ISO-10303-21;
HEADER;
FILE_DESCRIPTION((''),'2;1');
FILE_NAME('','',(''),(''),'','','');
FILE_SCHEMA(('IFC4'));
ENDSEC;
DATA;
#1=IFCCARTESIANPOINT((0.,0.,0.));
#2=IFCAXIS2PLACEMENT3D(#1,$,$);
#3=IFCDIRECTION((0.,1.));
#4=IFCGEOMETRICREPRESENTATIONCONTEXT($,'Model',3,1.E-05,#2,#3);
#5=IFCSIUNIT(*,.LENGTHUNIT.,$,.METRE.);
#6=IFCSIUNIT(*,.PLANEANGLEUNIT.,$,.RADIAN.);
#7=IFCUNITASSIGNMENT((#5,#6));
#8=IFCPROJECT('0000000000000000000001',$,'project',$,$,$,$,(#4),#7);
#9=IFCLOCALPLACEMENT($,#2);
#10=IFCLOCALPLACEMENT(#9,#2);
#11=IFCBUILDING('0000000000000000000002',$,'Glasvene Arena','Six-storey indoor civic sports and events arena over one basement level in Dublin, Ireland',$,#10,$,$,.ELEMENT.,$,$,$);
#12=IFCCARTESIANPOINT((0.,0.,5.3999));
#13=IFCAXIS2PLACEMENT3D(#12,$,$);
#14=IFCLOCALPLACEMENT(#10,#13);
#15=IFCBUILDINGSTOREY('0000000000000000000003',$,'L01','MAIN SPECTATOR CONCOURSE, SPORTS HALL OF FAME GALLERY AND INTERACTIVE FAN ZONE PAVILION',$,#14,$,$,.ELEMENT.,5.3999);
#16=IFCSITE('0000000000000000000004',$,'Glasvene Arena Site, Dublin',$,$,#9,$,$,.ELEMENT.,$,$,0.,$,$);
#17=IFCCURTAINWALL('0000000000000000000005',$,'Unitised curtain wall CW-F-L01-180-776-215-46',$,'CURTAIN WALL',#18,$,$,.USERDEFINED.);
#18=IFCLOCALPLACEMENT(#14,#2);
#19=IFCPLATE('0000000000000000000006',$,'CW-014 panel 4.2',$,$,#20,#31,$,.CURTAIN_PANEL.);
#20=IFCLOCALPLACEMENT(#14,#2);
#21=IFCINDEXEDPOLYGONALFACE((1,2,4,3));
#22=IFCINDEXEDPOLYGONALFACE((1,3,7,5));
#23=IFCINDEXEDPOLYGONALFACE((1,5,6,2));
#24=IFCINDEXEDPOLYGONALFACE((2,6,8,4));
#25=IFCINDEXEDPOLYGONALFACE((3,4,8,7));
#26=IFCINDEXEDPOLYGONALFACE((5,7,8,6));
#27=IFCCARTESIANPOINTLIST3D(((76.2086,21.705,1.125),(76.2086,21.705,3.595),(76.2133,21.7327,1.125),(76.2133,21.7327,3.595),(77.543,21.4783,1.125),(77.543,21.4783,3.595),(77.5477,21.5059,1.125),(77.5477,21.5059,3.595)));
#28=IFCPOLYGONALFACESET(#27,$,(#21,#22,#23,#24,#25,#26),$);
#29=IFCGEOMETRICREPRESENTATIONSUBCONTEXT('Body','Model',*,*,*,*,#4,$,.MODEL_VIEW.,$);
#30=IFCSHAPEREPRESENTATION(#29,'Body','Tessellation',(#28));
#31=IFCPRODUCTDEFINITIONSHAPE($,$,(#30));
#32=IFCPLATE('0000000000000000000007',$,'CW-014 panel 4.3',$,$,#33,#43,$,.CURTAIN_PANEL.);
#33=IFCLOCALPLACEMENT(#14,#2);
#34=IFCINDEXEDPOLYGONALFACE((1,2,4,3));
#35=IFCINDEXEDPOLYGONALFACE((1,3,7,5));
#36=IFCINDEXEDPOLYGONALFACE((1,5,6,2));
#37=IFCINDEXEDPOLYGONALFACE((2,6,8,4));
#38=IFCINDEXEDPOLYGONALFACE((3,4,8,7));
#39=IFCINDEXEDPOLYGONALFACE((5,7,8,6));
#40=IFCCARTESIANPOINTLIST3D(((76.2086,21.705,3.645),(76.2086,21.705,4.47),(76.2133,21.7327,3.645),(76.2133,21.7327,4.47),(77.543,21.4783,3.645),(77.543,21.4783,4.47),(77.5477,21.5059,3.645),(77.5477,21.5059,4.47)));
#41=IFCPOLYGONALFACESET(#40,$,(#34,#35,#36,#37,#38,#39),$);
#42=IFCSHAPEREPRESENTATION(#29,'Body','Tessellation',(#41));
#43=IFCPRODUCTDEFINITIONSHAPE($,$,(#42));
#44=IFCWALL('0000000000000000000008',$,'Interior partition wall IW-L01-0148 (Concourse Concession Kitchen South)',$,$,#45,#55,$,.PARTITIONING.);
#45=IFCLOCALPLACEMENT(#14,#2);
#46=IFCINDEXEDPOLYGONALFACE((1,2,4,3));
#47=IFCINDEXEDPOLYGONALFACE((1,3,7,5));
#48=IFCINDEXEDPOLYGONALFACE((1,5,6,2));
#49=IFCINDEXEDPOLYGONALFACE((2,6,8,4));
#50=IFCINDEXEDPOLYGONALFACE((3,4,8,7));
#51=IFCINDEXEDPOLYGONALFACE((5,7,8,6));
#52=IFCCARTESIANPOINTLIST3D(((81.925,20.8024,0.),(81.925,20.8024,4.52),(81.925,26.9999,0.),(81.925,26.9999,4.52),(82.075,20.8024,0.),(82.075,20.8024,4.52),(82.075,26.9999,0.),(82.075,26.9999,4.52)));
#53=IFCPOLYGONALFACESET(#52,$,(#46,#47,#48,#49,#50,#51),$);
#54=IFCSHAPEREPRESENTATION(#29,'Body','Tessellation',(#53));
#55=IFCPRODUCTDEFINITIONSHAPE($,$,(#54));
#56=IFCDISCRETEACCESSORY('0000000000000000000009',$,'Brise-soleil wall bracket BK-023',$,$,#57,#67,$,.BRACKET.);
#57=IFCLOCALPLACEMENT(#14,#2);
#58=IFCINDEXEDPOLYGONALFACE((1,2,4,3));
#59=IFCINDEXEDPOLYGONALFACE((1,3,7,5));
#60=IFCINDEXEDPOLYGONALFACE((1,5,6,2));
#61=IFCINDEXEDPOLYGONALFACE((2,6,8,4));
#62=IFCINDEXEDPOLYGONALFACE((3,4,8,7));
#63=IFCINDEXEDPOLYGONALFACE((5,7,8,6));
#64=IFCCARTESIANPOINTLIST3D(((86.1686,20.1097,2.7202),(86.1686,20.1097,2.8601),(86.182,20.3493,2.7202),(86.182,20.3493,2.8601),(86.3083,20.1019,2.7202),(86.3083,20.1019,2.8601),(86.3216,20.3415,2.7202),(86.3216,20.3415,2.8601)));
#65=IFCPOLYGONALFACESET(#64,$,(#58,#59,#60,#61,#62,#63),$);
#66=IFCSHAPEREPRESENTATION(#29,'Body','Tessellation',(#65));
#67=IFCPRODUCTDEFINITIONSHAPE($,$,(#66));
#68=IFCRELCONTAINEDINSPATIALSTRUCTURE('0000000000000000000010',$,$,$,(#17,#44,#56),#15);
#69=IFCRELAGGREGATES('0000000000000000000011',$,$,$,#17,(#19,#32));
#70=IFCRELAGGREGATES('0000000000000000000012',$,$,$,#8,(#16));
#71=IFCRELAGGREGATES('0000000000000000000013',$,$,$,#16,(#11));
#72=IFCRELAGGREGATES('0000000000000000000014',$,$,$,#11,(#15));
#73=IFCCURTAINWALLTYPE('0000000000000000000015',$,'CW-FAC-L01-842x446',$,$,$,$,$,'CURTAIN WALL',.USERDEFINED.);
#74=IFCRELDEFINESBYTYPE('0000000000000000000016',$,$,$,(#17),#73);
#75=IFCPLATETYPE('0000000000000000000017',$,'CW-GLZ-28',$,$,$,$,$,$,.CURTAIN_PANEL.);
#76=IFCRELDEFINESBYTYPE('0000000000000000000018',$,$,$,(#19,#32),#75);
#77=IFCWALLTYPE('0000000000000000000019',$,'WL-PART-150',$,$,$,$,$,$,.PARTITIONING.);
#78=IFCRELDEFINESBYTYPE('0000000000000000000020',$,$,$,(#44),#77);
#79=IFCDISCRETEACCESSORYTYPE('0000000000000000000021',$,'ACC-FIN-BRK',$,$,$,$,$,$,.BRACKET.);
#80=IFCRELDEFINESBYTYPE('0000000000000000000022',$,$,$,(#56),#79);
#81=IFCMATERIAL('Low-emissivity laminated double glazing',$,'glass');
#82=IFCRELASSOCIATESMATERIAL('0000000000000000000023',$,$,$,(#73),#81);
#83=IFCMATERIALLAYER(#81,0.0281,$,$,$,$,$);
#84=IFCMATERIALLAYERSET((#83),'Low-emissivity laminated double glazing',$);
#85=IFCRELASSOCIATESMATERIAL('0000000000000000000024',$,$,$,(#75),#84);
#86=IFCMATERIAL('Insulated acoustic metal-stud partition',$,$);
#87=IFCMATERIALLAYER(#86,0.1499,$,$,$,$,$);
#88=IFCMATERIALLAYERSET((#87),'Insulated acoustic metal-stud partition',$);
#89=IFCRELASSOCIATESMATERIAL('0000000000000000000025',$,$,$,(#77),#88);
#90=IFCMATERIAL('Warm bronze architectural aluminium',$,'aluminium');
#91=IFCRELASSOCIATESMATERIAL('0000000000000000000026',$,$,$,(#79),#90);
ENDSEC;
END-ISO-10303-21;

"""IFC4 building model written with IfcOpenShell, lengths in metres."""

from ifc_helpers import new_model, si_unit, direction, frame, frame_2d, origin, origin_2d, place, context, subcontext, project, spatial, rectangle, extrude, material, layer, layer_set, type_object, element, aggregate, save


model = new_model("IFC4")

# Units and contexts
model_context = context("Model", 3, precision=1e-05, world=origin(), true_north=direction((0.0, 1.0)))
body_context = subcontext(model_context, "Body", "Model", "MODEL_VIEW")
ifc_project = project(units=[si_unit("LENGTHUNIT", "METRE"), si_unit("PLANEANGLEUNIT", "RADIAN")], contexts=[model_context])

# Site, building, storey
site_placement = place(None, origin())
site = spatial("IfcSite", under=ifc_project, at=site_placement, Name="Glasvene Arena Site, Dublin", CompositionType="ELEMENT", RefElevation=0.0)
building_placement = place(site_placement, origin())
building = spatial("IfcBuilding", under=site, at=building_placement, Name="Glasvene Arena", Description="Six-storey indoor civic sports and events arena over one basement level in Dublin, Ireland", CompositionType="ELEMENT")
storey_placement = place(building_placement, frame((0.0, 0.0, 5.3999)))
storey = spatial("IfcBuildingStorey", under=building, at=storey_placement, Name="L01", Description="MAIN SPECTATOR CONCOURSE, SPORTS HALL OF FAME GALLERY AND INTERACTIVE FAN ZONE PAVILION", CompositionType="ELEMENT", Elevation=5.3999)

# Curtain wall, plates
ifc_material_1 = material(Name="Low-emissivity laminated double glazing", Category="glass")
curtain_wall_type = type_object("IfcCurtainWallType", Name="CW-FAC-L01-842x446", ElementType="CURTAIN WALL", PredefinedType="USERDEFINED", material=ifc_material_1)
curtain_wall_placement = place(storey_placement, frame((81.7207, 20.7827, 0.0)))
curtain_wall = element("IfcCurtainWall", 1, at=curtain_wall_placement, inside=storey, type_object=curtain_wall_type, Name="Unitised curtain wall CW-F-L01-180-776-215-46", ObjectType="CURTAIN WALL", PredefinedType="USERDEFINED")
ifc_layer_1 = layer(ifc_material_1, 0.0281)
ifc_layer_set_1 = layer_set([ifc_layer_1], Name="Low-emissivity laminated double glazing")
plate_type = type_object("IfcPlateType", Name="CW-GLZ-28", PredefinedType="CURTAIN_PANEL", material=ifc_layer_set_1)
plate_1_placement = place(storey_placement, frame((76.8782, 21.6055, 1.125), z_axis=(0.0, 0.0, 1.0), x_axis=(-0.98587, 0.167514, 0.0)))
plate_1 = element("IfcPlate", 2, at=plate_1_placement, type_object=plate_type, Name="CW-014 panel 4.2", PredefinedType="CURTAIN_PANEL", context=body_context, shape_type="SweptSolid", body=[
    extrude(rectangle(XDim=1.3535, YDim=0.0281, at=origin_2d()), origin(), (0.0, 0.0, 1.0), 2.47),
])
plate_2_placement = place(storey_placement, frame((76.8782, 21.6055, 3.645), z_axis=(0.0, 0.0, 1.0), x_axis=(-0.98587, 0.167514, 0.0)))
plate_2 = element("IfcPlate", 3, at=plate_2_placement, type_object=plate_type, Name="CW-014 panel 4.3", PredefinedType="CURTAIN_PANEL", context=body_context, shape_type="SweptSolid", body=[
    extrude(rectangle(XDim=1.3535, YDim=0.0281, at=origin_2d()), origin(), (0.0, 0.0, 1.0), 0.825),
])
aggregate(curtain_wall, [plate_1, plate_2])

# Wall
ifc_material_2 = material(Name="Insulated acoustic metal-stud partition")
ifc_layer_2 = layer(ifc_material_2, 0.1499)
ifc_layer_set_2 = layer_set([ifc_layer_2], Name="Insulated acoustic metal-stud partition")
wall_type = type_object("IfcWallType", Name="WL-PART-150", PredefinedType="PARTITIONING", material=ifc_layer_set_2)
wall_placement = place(storey_placement, frame((82.0, 20.8025, 0.0), z_axis=(0.0, 0.0, 1.0), x_axis=(0.0, 1.0, 0.0)))
element("IfcWall", 4, at=wall_placement, inside=storey, type_object=wall_type, Name="Interior partition wall IW-L01-0148 (Concourse Concession Kitchen South)", PredefinedType="PARTITIONING", context=body_context, shape_type="SweptSolid", body=[
    extrude(rectangle(XDim=6.1975, YDim=0.1499, at=frame_2d((3.0986, 0.0))), origin(), (0.0, 0.0, 1.0), 4.52),
])

# Discrete accessory
ifc_material_3 = material(Name="Warm bronze architectural aluminium", Category="aluminium")
discrete_accessory_type = type_object("IfcDiscreteAccessoryType", Name="ACC-FIN-BRK", PredefinedType="BRACKET", material=ifc_material_3)
discrete_accessory_placement = place(storey_placement, frame((86.2451, 20.2256, 2.7202), z_axis=(0.0, 0.0, 1.0), x_axis=(-0.99845, 0.055647, 0.0)))
element("IfcDiscreteAccessory", 5, at=discrete_accessory_placement, inside=storey, type_object=discrete_accessory_type, Name="Brise-soleil wall bracket BK-023", PredefinedType="BRACKET", context=body_context, shape_type="SweptSolid", body=[
    extrude(rectangle(XDim=0.1399, YDim=0.24, at=origin_2d()), origin(), (0.0, 0.0, 1.0), 0.1399),
])

save(model, "model.ifc")
